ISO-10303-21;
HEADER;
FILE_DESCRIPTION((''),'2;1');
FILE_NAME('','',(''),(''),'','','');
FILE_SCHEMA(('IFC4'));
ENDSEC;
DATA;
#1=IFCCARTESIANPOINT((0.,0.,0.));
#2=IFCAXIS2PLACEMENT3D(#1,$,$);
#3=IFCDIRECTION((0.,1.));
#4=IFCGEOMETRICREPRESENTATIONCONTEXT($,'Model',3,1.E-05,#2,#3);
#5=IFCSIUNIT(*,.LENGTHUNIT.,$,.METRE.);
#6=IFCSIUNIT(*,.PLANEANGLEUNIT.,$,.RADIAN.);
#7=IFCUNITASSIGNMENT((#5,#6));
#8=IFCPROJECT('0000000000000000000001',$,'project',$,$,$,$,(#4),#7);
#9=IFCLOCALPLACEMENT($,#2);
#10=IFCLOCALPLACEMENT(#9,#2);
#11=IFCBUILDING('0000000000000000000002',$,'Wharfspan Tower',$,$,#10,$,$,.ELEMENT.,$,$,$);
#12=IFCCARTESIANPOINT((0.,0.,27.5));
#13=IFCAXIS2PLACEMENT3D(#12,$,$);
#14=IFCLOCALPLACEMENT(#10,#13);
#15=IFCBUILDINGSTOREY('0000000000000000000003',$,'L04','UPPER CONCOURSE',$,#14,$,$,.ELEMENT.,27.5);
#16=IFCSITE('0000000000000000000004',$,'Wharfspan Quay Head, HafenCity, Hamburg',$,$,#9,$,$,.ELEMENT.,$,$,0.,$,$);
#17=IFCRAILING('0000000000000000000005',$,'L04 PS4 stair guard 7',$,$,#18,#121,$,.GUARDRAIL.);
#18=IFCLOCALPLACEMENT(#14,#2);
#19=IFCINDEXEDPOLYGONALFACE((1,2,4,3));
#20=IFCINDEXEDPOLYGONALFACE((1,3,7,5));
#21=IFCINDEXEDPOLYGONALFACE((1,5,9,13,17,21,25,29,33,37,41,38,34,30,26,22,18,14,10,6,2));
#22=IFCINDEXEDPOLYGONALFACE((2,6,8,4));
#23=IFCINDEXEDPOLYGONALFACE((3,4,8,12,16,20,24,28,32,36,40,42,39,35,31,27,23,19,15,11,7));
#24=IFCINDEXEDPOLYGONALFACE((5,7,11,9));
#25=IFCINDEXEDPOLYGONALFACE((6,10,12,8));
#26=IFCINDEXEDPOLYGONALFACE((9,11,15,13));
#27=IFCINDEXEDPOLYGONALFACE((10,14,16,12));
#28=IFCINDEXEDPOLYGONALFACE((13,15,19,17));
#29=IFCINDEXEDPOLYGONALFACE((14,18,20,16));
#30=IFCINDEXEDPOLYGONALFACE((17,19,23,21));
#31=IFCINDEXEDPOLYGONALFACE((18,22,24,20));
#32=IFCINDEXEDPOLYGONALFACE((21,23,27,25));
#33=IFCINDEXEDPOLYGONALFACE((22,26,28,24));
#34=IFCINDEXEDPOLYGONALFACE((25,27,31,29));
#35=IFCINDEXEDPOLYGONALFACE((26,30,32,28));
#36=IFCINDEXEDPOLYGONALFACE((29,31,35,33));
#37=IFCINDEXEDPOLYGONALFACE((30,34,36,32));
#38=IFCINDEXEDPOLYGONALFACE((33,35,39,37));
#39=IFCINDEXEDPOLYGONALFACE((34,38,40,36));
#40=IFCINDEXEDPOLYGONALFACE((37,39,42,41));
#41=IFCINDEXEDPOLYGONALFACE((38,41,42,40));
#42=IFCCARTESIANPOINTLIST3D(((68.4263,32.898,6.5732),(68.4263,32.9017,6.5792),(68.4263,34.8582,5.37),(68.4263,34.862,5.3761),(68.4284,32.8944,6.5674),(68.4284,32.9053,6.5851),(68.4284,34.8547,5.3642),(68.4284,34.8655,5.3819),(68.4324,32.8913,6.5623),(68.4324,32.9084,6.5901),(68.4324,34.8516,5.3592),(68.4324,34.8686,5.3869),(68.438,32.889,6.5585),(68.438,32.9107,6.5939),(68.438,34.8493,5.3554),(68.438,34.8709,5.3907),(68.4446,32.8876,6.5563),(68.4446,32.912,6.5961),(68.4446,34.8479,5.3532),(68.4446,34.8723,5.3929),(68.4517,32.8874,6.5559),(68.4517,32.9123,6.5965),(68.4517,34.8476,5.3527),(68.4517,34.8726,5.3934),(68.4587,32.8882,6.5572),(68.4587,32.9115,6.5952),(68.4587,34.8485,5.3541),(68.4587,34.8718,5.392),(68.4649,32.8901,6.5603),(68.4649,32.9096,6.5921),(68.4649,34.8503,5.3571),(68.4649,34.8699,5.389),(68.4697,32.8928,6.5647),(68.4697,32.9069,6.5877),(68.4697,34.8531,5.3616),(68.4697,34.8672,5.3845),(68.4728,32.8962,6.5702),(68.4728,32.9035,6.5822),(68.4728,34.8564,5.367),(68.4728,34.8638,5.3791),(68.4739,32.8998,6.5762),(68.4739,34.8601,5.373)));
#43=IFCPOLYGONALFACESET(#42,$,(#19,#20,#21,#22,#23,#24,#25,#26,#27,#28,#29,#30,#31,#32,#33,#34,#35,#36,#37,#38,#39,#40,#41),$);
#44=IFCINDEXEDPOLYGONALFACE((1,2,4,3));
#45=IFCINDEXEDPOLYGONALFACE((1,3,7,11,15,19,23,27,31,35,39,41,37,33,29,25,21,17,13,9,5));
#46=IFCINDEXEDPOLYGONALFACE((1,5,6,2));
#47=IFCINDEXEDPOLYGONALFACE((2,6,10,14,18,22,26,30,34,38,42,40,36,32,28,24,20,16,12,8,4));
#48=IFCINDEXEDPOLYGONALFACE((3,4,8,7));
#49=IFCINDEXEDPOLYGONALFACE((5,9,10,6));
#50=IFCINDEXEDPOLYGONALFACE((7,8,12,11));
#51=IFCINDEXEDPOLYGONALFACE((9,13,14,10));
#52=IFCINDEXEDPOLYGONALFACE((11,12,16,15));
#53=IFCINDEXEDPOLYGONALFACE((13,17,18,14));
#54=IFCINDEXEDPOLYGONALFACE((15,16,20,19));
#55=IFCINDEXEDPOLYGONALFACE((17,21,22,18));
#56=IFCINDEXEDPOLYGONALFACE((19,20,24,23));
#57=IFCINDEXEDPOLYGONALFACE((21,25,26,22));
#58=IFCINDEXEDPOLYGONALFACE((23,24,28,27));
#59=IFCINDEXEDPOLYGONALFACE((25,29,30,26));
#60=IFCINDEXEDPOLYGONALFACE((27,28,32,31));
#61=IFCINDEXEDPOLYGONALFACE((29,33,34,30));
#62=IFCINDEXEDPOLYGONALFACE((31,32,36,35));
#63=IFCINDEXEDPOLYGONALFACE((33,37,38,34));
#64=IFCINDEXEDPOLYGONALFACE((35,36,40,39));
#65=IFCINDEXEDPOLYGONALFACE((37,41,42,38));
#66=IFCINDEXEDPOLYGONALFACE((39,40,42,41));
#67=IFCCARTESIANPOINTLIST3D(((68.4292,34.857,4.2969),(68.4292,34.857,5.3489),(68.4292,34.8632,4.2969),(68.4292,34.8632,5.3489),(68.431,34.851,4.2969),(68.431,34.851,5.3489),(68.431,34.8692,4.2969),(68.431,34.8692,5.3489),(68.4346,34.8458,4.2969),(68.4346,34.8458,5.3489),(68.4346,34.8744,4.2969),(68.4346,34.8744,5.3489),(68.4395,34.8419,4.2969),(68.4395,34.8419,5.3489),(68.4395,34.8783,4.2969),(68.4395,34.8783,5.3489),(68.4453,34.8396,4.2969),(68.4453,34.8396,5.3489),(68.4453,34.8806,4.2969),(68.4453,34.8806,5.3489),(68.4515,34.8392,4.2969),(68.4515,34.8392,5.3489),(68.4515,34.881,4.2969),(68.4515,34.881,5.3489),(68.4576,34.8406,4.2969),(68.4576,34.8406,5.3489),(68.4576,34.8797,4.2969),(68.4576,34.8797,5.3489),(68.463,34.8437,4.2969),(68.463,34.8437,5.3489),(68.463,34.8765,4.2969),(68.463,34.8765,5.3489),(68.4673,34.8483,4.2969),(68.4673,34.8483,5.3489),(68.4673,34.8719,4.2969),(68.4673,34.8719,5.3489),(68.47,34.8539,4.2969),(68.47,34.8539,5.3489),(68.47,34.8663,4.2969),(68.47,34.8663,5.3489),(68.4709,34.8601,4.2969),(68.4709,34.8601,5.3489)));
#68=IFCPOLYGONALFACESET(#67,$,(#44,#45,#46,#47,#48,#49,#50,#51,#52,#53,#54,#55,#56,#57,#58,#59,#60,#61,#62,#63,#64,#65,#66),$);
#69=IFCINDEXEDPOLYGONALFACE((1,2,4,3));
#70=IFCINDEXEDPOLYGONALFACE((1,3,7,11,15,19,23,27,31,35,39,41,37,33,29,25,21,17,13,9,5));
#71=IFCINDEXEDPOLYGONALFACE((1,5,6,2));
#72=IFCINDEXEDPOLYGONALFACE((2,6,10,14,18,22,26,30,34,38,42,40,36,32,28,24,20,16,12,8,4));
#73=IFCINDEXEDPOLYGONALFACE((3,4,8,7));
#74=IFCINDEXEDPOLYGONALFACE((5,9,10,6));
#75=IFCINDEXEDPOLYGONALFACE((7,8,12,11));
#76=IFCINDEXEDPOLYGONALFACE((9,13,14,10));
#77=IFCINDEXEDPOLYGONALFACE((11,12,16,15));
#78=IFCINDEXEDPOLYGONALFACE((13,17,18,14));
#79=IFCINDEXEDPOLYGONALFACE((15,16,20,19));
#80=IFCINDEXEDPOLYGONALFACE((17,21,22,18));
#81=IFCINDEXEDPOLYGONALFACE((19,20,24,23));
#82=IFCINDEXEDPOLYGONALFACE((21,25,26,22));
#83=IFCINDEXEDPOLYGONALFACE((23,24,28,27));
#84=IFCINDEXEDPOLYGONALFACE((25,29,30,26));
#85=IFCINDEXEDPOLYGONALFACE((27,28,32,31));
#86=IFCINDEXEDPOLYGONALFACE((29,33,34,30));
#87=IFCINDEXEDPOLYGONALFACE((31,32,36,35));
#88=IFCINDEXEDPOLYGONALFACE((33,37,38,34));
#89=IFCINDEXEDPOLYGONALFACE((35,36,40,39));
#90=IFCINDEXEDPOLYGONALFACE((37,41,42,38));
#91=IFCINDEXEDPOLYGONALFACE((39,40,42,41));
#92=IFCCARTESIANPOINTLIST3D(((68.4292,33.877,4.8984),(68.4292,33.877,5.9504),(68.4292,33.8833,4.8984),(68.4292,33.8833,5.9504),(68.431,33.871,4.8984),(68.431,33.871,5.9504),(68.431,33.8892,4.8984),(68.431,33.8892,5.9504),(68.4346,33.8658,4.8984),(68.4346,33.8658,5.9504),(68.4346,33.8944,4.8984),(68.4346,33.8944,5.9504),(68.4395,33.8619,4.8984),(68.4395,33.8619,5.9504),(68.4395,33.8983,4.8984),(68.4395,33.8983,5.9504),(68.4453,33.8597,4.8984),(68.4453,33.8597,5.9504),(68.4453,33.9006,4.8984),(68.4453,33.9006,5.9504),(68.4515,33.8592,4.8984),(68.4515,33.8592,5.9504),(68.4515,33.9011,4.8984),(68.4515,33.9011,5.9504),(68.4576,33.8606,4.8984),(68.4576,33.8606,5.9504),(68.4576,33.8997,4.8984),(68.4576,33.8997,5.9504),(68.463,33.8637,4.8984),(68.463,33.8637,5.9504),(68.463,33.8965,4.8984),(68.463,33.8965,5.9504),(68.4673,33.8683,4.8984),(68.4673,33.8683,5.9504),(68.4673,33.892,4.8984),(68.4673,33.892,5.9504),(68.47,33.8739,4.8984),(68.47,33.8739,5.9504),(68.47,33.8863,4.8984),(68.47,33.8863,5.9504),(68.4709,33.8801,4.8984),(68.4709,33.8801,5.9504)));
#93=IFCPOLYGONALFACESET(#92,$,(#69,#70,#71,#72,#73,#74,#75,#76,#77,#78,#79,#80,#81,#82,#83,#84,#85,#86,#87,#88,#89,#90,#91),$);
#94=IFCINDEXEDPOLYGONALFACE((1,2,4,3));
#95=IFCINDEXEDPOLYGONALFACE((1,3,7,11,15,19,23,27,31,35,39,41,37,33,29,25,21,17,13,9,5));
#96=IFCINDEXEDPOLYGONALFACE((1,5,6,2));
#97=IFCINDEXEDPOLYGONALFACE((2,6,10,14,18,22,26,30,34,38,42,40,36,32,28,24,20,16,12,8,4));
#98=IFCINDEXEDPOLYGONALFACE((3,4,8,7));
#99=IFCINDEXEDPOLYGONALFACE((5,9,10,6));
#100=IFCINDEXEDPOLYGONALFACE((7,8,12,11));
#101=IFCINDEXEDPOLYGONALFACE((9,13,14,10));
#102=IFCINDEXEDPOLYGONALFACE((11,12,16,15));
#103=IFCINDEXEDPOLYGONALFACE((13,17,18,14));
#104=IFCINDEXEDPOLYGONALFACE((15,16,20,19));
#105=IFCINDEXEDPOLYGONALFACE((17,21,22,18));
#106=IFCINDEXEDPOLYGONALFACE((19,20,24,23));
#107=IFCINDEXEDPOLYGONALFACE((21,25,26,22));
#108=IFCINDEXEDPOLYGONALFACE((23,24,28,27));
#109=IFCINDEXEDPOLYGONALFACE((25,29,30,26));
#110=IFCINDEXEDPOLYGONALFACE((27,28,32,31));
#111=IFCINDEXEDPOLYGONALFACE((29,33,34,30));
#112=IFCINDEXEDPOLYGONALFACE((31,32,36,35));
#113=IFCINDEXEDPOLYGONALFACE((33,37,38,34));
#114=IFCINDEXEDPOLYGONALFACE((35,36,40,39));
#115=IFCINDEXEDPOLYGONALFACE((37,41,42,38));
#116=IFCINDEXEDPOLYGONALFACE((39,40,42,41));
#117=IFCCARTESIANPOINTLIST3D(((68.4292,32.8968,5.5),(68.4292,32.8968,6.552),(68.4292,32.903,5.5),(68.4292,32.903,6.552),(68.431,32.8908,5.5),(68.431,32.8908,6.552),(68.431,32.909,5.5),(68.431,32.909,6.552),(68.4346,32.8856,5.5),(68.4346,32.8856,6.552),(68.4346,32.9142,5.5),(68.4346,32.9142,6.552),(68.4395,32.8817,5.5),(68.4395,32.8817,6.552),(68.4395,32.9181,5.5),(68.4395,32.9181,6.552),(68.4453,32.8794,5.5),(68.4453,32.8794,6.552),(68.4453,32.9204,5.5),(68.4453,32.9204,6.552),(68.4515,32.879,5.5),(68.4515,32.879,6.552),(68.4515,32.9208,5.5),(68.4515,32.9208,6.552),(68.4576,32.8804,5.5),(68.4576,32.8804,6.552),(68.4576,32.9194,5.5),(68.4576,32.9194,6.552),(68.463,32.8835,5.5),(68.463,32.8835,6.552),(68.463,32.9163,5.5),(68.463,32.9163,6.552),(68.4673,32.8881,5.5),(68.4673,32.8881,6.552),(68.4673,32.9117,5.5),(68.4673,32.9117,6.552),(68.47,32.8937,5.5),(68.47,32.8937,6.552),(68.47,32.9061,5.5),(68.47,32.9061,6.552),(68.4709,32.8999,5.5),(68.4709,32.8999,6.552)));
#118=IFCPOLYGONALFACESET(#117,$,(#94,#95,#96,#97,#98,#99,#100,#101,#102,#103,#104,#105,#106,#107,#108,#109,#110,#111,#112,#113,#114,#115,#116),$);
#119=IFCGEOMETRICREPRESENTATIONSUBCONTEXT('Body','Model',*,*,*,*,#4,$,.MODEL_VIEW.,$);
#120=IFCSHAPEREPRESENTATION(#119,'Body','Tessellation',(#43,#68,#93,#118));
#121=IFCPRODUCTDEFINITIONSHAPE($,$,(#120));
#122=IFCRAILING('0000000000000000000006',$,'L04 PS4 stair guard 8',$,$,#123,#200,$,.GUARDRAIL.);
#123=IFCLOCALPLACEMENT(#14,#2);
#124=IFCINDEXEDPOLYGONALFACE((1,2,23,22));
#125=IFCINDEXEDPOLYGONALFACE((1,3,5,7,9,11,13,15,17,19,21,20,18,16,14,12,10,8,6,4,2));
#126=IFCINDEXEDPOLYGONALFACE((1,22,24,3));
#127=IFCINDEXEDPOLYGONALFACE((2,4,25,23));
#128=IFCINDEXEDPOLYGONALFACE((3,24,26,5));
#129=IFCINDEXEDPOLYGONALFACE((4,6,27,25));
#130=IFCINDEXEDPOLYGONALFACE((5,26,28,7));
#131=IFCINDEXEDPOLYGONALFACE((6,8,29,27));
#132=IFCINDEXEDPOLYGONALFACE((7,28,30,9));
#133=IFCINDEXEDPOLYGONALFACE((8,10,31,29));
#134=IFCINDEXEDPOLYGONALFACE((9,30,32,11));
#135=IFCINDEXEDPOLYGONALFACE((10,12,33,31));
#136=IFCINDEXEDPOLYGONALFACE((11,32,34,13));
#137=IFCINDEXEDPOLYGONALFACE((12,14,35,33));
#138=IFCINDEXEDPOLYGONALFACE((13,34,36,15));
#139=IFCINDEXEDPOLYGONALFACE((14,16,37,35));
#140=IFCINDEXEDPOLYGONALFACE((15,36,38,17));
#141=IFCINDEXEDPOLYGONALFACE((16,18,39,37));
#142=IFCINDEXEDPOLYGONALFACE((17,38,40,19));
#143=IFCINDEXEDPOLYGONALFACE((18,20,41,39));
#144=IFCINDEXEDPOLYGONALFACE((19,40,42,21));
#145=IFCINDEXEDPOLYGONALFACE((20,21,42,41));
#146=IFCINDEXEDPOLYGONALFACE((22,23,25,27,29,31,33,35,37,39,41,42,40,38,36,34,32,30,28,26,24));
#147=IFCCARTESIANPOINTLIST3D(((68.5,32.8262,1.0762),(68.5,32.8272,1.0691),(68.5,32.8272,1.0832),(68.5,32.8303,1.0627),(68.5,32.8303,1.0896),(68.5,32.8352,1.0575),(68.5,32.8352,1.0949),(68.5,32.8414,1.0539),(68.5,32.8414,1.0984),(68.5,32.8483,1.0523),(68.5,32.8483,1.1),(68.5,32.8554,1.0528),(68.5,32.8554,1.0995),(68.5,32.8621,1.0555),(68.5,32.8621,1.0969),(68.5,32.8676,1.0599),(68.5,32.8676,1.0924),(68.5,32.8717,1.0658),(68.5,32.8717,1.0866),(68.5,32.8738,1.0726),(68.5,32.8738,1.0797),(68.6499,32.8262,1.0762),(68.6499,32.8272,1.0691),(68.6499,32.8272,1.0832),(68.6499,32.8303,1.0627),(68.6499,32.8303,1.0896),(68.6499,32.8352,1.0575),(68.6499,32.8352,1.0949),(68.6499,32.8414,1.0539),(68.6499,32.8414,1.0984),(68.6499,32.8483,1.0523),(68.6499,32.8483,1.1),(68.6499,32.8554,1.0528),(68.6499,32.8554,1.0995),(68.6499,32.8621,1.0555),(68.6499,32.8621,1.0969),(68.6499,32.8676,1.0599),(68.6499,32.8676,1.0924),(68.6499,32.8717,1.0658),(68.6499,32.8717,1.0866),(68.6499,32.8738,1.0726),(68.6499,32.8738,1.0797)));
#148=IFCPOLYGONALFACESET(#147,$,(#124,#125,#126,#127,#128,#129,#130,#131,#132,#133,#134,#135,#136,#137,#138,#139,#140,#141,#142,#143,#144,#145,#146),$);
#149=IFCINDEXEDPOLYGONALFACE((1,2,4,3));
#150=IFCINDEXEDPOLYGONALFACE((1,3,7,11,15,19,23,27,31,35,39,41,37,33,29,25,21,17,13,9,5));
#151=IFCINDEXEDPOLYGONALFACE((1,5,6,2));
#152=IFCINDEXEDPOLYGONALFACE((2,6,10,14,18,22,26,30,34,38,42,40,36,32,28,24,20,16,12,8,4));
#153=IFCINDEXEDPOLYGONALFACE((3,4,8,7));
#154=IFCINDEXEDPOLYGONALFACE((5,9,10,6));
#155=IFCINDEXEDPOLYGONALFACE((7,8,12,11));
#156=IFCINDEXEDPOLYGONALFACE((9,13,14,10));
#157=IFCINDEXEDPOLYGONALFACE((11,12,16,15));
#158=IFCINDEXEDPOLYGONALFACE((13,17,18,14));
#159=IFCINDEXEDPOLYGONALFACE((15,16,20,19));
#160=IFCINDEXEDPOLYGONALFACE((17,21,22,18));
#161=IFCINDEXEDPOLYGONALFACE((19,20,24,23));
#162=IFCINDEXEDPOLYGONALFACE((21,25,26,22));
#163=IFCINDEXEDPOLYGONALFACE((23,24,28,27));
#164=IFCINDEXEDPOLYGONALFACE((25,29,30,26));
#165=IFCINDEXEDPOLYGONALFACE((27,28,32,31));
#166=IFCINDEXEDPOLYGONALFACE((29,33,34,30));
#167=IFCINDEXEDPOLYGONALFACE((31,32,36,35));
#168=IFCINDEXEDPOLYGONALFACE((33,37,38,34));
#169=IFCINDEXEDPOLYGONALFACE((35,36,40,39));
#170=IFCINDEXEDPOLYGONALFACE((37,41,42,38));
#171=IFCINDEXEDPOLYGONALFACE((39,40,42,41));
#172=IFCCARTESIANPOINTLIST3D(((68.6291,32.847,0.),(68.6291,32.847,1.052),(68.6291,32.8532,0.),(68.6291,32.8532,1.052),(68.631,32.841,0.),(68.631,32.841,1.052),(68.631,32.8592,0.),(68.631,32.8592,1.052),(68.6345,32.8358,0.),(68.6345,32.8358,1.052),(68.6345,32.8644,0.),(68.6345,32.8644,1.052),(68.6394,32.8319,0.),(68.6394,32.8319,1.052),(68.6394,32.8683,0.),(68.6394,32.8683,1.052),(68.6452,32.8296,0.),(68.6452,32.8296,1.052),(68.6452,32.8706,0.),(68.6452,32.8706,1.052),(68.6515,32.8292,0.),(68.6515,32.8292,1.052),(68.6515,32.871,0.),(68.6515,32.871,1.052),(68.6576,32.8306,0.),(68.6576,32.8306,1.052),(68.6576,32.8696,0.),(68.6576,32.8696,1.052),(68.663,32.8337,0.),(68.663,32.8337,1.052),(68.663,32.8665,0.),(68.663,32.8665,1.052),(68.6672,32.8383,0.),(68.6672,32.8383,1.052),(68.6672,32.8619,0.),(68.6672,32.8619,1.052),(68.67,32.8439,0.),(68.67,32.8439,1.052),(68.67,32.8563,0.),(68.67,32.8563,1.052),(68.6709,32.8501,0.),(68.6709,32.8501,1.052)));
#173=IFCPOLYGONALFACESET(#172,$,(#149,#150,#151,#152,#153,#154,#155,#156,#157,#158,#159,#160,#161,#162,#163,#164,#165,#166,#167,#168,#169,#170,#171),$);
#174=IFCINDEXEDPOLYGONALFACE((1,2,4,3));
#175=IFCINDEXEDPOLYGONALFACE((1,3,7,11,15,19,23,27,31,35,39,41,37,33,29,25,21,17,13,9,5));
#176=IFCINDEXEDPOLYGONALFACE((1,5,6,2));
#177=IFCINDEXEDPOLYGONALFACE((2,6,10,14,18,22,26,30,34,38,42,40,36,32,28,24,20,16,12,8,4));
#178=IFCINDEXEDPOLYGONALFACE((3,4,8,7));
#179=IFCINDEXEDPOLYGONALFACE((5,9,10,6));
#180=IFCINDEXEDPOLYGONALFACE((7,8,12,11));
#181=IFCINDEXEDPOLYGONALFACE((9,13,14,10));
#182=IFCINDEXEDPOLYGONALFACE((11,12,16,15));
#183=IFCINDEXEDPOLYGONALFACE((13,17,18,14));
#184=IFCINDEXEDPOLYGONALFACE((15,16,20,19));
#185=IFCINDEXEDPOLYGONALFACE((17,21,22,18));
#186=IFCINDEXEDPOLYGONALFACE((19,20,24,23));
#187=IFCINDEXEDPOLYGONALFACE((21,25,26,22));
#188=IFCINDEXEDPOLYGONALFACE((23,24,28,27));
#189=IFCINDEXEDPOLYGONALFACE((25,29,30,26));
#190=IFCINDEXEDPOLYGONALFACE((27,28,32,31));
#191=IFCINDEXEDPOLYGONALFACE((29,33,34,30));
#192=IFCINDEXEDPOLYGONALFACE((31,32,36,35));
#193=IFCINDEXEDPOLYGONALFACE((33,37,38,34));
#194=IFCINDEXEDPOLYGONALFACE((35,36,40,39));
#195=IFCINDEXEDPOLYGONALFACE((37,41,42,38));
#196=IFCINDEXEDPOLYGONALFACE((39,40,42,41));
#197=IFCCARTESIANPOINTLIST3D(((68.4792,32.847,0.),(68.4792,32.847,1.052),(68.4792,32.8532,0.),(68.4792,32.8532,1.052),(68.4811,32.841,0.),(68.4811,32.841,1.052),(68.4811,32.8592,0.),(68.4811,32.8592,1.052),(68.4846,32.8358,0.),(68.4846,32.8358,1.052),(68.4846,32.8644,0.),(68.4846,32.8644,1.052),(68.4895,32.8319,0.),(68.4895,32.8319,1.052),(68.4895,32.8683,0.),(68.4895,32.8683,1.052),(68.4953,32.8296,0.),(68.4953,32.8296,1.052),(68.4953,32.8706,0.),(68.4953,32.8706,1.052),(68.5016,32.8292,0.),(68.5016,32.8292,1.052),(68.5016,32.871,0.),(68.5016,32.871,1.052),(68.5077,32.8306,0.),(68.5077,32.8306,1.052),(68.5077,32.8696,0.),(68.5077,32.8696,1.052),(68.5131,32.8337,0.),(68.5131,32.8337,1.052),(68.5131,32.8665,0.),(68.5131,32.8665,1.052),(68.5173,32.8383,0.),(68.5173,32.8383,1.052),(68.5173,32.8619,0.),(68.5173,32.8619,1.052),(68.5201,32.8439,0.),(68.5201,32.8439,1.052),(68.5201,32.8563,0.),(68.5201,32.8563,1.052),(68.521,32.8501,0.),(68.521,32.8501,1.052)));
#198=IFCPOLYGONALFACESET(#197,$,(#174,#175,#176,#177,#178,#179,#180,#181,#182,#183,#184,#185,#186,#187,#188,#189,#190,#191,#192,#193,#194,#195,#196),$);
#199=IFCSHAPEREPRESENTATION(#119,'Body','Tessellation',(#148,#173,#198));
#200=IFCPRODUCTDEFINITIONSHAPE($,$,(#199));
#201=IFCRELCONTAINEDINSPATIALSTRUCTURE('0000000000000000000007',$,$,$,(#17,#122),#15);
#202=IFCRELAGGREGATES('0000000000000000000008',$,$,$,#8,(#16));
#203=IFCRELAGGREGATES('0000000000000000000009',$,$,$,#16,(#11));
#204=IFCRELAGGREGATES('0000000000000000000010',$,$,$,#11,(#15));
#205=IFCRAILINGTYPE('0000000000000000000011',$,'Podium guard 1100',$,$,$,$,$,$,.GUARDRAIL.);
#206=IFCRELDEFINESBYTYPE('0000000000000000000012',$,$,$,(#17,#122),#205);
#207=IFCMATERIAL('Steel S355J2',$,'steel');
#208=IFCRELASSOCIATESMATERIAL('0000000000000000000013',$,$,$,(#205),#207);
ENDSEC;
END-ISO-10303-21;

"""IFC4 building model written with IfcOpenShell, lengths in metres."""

from ifc_helpers import new_model, si_unit, direction, frame, origin, origin_2d, place, context, subcontext, project, spatial, circle, extrude, material, type_object, element, save


model = new_model("IFC4")

# Units and contexts
model_context = context("Model", 3, precision=1e-05, world=origin(), true_north=direction((0.0, 1.0)))
body_context = subcontext(model_context, "Body", "Model", "MODEL_VIEW")
ifc_project = project(units=[si_unit("LENGTHUNIT", "METRE"), si_unit("PLANEANGLEUNIT", "RADIAN")], contexts=[model_context])

# Site, building, storey
site_placement = place(None, origin())
site = spatial("IfcSite", under=ifc_project, at=site_placement, Name="Wharfspan Quay Head, HafenCity, Hamburg", CompositionType="ELEMENT", RefElevation=0.0)
building_placement = place(site_placement, origin())
building = spatial("IfcBuilding", under=site, at=building_placement, Name="Wharfspan Tower", CompositionType="ELEMENT")
storey_placement = place(building_placement, frame((0.0, 0.0, 27.5)))
storey = spatial("IfcBuildingStorey", under=building, at=storey_placement, Name="L04", Description="UPPER CONCOURSE", CompositionType="ELEMENT", Elevation=27.5)

# Railings
ifc_material_1 = material(Name="Steel S355J2", Category="steel")
railing_type_1 = type_object("IfcRailingType", Name="Podium guard 1100", PredefinedType="GUARDRAIL", material=ifc_material_1)
railing_1_placement = place(storey_placement, frame((68.45, 34.8601, 4.2969)))
element("IfcRailing", 1, at=railing_1_placement, inside=storey, type_object=railing_type_1, Name="L04 PS4 stair guard 7", PredefinedType="GUARDRAIL", context=body_context, shape_type="SweptSolid", body=[
    extrude(circle(Radius=0.0239, at=origin_2d()), frame((0.0, 0.0, 1.0762), z_axis=(0.0, -0.85227, 0.523102), x_axis=(1.0, 0.0, 0.0)), (0.0, 0.0, 1.0), 2.3),
    extrude(circle(Radius=0.021, at=origin_2d()), origin(), (0.0, 0.0, 1.0), 1.052),
    extrude(circle(Radius=0.021, at=origin_2d()), frame((0.0, -0.98, 0.6016)), (0.0, 0.0, 1.0), 1.052),
    extrude(circle(Radius=0.021, at=origin_2d()), frame((0.0, -1.9602, 1.2031)), (0.0, 0.0, 1.0), 1.052),
])
railing_2_placement = place(storey_placement, frame((68.6499, 32.8501, 0.0)))
element("IfcRailing", 2, at=railing_2_placement, inside=storey, type_object=railing_type_1, Name="L04 PS4 stair guard 8", PredefinedType="GUARDRAIL", context=body_context, shape_type="SweptSolid", body=[
    extrude(circle(Radius=0.0239, at=origin_2d()), frame((0.0, 0.0, 1.0762), z_axis=(-1.0, 0.0, 0.0), x_axis=(0.0, -1.0, 0.0)), (0.0, 0.0, 1.0), 0.1499),
    extrude(circle(Radius=0.021, at=origin_2d()), origin(), (0.0, 0.0, 1.0), 1.052),
    extrude(circle(Radius=0.021, at=origin_2d()), frame((-0.1499, 0.0, 0.0)), (0.0, 0.0, 1.0), 1.052),
])

save(model, "model.ifc")
